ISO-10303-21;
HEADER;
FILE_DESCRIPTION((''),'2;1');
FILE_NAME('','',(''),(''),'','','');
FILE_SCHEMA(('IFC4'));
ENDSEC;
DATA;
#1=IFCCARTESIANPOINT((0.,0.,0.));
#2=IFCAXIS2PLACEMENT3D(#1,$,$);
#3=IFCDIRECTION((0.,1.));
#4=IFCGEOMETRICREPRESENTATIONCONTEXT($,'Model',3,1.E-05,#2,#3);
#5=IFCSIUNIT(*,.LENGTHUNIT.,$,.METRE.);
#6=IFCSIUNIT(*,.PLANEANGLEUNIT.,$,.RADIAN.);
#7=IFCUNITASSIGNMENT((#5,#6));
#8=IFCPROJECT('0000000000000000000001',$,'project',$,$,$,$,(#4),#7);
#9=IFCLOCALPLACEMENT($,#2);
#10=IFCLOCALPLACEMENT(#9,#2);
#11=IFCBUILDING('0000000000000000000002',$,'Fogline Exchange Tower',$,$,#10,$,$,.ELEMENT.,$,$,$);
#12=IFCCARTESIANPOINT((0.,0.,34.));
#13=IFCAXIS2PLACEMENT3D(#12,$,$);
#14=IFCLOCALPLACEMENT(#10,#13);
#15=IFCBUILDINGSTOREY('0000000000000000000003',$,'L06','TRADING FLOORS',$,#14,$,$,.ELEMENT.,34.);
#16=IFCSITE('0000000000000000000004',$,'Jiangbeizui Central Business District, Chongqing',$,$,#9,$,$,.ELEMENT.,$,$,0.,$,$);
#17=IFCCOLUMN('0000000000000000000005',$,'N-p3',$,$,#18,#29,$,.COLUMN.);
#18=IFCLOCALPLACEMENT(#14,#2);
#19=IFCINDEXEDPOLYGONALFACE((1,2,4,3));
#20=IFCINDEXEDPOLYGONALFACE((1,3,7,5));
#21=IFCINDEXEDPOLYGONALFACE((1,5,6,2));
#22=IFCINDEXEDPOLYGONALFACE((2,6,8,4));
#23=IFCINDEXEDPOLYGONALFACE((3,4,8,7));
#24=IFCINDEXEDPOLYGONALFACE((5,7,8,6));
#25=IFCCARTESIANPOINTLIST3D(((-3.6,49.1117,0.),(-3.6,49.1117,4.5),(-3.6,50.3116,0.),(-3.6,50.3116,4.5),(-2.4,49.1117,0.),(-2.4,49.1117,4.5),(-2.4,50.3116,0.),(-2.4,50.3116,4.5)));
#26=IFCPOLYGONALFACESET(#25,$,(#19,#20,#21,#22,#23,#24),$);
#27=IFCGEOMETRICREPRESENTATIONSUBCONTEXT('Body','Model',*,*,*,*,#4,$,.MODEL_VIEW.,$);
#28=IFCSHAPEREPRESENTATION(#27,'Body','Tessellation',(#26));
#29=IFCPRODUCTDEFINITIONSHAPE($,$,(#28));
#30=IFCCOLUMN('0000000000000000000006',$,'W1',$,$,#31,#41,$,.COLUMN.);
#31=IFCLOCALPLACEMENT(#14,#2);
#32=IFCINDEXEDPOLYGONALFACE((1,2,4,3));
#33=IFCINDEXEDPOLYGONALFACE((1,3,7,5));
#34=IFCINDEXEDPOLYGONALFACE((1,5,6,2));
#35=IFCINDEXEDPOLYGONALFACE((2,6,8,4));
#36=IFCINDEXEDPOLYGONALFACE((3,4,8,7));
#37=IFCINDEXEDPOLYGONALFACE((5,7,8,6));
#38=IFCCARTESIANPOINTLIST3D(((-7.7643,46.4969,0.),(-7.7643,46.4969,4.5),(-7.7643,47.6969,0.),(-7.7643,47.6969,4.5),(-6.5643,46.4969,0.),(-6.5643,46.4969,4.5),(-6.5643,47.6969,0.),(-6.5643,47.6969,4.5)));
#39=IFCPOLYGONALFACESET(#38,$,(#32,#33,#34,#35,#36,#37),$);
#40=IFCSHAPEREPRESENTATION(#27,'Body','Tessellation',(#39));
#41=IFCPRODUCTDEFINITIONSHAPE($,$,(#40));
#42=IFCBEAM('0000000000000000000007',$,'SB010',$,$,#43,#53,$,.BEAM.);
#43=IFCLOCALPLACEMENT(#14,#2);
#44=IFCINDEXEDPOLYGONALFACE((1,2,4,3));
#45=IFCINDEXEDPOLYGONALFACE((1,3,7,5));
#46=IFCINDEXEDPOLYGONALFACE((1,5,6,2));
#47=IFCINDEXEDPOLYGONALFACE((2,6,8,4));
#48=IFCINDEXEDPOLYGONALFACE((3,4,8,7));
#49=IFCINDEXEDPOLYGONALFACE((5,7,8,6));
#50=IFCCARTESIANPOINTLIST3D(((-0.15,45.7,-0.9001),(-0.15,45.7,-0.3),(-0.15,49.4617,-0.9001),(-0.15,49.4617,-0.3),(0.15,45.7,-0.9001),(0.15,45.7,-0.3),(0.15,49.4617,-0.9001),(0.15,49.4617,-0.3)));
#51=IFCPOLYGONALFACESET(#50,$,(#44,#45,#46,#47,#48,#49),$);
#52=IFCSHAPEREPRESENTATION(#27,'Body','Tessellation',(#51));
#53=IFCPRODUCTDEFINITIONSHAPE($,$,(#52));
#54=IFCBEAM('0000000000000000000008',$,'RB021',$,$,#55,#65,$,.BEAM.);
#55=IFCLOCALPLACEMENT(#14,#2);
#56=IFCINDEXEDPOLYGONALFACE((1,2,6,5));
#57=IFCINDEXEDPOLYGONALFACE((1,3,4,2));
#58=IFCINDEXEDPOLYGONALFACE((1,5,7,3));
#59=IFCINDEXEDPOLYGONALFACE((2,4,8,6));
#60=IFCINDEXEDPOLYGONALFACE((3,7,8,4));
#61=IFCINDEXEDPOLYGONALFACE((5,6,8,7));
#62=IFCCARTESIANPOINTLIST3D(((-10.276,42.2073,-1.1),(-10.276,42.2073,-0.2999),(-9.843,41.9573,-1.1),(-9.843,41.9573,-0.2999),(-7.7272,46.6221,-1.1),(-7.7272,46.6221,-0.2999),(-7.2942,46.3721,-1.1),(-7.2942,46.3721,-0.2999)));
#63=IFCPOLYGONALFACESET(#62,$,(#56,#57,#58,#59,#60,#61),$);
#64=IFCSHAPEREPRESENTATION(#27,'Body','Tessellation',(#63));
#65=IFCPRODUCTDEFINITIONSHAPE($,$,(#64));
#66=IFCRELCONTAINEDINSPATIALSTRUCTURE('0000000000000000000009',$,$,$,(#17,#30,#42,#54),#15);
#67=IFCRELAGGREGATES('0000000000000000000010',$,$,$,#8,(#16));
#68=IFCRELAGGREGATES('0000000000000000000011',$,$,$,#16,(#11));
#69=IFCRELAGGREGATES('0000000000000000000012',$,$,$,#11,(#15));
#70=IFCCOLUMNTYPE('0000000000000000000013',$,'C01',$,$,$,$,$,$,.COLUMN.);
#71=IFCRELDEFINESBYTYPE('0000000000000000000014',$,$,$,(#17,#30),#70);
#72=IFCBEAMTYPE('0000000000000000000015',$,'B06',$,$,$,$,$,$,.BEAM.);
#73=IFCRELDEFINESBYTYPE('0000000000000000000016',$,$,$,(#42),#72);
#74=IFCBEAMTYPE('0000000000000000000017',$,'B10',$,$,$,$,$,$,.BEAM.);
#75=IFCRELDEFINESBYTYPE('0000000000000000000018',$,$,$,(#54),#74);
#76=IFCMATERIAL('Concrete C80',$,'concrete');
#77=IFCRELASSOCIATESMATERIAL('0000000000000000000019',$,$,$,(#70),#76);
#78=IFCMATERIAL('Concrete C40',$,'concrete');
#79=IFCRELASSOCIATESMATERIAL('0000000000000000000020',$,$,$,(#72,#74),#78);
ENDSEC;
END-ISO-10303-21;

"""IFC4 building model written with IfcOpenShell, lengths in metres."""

from ifc_helpers import new_model, si_unit, direction, frame, origin, origin_2d, place, context, subcontext, project, spatial, rectangle, extrude, material, material_profile, profile_set, type_object, element, save


model = new_model("IFC4")

# Units and contexts
model_context = context("Model", 3, precision=1e-05, world=origin(), true_north=direction((0.0, 1.0)))
body_context = subcontext(model_context, "Body", "Model", "MODEL_VIEW")
ifc_project = project(units=[si_unit("LENGTHUNIT", "METRE"), si_unit("PLANEANGLEUNIT", "RADIAN")], contexts=[model_context])

# Site, building, storey
site_placement = place(None, origin())
site = spatial("IfcSite", under=ifc_project, at=site_placement, Name="Jiangbeizui Central Business District, Chongqing", CompositionType="ELEMENT", RefElevation=0.0)
building_placement = place(site_placement, origin())
building = spatial("IfcBuilding", under=site, at=building_placement, Name="Fogline Exchange Tower", CompositionType="ELEMENT")
storey_placement = place(building_placement, frame((0.0, 0.0, 34.0)))
storey = spatial("IfcBuildingStorey", under=building, at=storey_placement, Name="L06", Description="TRADING FLOORS", CompositionType="ELEMENT", Elevation=34.0)

# Columns
ifc_material_1 = material(Name="Concrete C80", Category="concrete")
ifc_material_profile_1 = material_profile(ifc_material_1, rectangle(XDim=1.2, YDim=1.2, at=origin_2d()), Name="RC 1200x1200")
ifc_profile_set_1 = profile_set([ifc_material_profile_1], Name="Concrete C80")
column_type = type_object("IfcColumnType", Name="C01", PredefinedType="COLUMN", material=ifc_profile_set_1)
for number, where, z_axis, x_axis, name in (
    (1, (-3.0, 49.7117, 0.0), (0.0, 0.0, 1.0), (1.0, 0.0, 0.0), "N-p3"),
    (2, (-7.1643, 47.0969, 0.0), (0.0, 0.0, 1.0), (1.0, 0.0, 0.0), "W1"),
):
    element("IfcColumn", number, at=place(storey_placement, frame(where, z_axis=z_axis, x_axis=x_axis)), inside=storey, type_object=column_type, Name=name, PredefinedType="COLUMN", context=body_context, shape_type="SweptSolid", body=[
        extrude(rectangle(XDim=1.2, YDim=1.2, at=origin_2d()), origin(), (0.0, 0.0, 1.0), 4.5),
    ])

# Beams
ifc_material_2 = material(Name="Concrete C40", Category="concrete")
ifc_material_profile_2 = material_profile(ifc_material_2, rectangle(XDim=0.3, YDim=0.6001, at=origin_2d()), Name="RC 300x600")
ifc_profile_set_2 = profile_set([ifc_material_profile_2], Name="Concrete C40")
beam_type_1 = type_object("IfcBeamType", Name="B06", PredefinedType="BEAM", material=ifc_profile_set_2)
beam_1_placement = place(storey_placement, frame((0.0, 45.7, -0.6001), z_axis=(0.0, 1.0, 0.0), x_axis=(-1.0, 0.0, 0.0)))
element("IfcBeam", 3, at=beam_1_placement, inside=storey, type_object=beam_type_1, Name="SB010", PredefinedType="BEAM", context=body_context, shape_type="SweptSolid", body=[
    extrude(rectangle(XDim=0.3, YDim=0.6001, at=origin_2d()), origin(), (0.0, 0.0, 1.0), 3.7617),
])
ifc_material_profile_3 = material_profile(ifc_material_2, rectangle(XDim=0.5, YDim=0.8, at=origin_2d()), Name="RC 500x800")
ifc_profile_set_3 = profile_set([ifc_material_profile_3], Name="Concrete C40")
beam_type_2 = type_object("IfcBeamType", Name="B10", PredefinedType="BEAM", material=ifc_profile_set_3)
beam_2_placement = place(storey_placement, frame((-7.5107, 46.4971, -0.7), z_axis=(-0.499992, -0.86603, 0.0), x_axis=(0.86603, -0.499992, 0.0)))
element("IfcBeam", 4, at=beam_2_placement, inside=storey, type_object=beam_type_2, Name="RB021", PredefinedType="BEAM", context=body_context, shape_type="SweptSolid", body=[
    extrude(rectangle(XDim=0.5, YDim=0.8, at=origin_2d()), origin(), (0.0, 0.0, 1.0), 5.0977),
])

save(model, "model.ifc")
